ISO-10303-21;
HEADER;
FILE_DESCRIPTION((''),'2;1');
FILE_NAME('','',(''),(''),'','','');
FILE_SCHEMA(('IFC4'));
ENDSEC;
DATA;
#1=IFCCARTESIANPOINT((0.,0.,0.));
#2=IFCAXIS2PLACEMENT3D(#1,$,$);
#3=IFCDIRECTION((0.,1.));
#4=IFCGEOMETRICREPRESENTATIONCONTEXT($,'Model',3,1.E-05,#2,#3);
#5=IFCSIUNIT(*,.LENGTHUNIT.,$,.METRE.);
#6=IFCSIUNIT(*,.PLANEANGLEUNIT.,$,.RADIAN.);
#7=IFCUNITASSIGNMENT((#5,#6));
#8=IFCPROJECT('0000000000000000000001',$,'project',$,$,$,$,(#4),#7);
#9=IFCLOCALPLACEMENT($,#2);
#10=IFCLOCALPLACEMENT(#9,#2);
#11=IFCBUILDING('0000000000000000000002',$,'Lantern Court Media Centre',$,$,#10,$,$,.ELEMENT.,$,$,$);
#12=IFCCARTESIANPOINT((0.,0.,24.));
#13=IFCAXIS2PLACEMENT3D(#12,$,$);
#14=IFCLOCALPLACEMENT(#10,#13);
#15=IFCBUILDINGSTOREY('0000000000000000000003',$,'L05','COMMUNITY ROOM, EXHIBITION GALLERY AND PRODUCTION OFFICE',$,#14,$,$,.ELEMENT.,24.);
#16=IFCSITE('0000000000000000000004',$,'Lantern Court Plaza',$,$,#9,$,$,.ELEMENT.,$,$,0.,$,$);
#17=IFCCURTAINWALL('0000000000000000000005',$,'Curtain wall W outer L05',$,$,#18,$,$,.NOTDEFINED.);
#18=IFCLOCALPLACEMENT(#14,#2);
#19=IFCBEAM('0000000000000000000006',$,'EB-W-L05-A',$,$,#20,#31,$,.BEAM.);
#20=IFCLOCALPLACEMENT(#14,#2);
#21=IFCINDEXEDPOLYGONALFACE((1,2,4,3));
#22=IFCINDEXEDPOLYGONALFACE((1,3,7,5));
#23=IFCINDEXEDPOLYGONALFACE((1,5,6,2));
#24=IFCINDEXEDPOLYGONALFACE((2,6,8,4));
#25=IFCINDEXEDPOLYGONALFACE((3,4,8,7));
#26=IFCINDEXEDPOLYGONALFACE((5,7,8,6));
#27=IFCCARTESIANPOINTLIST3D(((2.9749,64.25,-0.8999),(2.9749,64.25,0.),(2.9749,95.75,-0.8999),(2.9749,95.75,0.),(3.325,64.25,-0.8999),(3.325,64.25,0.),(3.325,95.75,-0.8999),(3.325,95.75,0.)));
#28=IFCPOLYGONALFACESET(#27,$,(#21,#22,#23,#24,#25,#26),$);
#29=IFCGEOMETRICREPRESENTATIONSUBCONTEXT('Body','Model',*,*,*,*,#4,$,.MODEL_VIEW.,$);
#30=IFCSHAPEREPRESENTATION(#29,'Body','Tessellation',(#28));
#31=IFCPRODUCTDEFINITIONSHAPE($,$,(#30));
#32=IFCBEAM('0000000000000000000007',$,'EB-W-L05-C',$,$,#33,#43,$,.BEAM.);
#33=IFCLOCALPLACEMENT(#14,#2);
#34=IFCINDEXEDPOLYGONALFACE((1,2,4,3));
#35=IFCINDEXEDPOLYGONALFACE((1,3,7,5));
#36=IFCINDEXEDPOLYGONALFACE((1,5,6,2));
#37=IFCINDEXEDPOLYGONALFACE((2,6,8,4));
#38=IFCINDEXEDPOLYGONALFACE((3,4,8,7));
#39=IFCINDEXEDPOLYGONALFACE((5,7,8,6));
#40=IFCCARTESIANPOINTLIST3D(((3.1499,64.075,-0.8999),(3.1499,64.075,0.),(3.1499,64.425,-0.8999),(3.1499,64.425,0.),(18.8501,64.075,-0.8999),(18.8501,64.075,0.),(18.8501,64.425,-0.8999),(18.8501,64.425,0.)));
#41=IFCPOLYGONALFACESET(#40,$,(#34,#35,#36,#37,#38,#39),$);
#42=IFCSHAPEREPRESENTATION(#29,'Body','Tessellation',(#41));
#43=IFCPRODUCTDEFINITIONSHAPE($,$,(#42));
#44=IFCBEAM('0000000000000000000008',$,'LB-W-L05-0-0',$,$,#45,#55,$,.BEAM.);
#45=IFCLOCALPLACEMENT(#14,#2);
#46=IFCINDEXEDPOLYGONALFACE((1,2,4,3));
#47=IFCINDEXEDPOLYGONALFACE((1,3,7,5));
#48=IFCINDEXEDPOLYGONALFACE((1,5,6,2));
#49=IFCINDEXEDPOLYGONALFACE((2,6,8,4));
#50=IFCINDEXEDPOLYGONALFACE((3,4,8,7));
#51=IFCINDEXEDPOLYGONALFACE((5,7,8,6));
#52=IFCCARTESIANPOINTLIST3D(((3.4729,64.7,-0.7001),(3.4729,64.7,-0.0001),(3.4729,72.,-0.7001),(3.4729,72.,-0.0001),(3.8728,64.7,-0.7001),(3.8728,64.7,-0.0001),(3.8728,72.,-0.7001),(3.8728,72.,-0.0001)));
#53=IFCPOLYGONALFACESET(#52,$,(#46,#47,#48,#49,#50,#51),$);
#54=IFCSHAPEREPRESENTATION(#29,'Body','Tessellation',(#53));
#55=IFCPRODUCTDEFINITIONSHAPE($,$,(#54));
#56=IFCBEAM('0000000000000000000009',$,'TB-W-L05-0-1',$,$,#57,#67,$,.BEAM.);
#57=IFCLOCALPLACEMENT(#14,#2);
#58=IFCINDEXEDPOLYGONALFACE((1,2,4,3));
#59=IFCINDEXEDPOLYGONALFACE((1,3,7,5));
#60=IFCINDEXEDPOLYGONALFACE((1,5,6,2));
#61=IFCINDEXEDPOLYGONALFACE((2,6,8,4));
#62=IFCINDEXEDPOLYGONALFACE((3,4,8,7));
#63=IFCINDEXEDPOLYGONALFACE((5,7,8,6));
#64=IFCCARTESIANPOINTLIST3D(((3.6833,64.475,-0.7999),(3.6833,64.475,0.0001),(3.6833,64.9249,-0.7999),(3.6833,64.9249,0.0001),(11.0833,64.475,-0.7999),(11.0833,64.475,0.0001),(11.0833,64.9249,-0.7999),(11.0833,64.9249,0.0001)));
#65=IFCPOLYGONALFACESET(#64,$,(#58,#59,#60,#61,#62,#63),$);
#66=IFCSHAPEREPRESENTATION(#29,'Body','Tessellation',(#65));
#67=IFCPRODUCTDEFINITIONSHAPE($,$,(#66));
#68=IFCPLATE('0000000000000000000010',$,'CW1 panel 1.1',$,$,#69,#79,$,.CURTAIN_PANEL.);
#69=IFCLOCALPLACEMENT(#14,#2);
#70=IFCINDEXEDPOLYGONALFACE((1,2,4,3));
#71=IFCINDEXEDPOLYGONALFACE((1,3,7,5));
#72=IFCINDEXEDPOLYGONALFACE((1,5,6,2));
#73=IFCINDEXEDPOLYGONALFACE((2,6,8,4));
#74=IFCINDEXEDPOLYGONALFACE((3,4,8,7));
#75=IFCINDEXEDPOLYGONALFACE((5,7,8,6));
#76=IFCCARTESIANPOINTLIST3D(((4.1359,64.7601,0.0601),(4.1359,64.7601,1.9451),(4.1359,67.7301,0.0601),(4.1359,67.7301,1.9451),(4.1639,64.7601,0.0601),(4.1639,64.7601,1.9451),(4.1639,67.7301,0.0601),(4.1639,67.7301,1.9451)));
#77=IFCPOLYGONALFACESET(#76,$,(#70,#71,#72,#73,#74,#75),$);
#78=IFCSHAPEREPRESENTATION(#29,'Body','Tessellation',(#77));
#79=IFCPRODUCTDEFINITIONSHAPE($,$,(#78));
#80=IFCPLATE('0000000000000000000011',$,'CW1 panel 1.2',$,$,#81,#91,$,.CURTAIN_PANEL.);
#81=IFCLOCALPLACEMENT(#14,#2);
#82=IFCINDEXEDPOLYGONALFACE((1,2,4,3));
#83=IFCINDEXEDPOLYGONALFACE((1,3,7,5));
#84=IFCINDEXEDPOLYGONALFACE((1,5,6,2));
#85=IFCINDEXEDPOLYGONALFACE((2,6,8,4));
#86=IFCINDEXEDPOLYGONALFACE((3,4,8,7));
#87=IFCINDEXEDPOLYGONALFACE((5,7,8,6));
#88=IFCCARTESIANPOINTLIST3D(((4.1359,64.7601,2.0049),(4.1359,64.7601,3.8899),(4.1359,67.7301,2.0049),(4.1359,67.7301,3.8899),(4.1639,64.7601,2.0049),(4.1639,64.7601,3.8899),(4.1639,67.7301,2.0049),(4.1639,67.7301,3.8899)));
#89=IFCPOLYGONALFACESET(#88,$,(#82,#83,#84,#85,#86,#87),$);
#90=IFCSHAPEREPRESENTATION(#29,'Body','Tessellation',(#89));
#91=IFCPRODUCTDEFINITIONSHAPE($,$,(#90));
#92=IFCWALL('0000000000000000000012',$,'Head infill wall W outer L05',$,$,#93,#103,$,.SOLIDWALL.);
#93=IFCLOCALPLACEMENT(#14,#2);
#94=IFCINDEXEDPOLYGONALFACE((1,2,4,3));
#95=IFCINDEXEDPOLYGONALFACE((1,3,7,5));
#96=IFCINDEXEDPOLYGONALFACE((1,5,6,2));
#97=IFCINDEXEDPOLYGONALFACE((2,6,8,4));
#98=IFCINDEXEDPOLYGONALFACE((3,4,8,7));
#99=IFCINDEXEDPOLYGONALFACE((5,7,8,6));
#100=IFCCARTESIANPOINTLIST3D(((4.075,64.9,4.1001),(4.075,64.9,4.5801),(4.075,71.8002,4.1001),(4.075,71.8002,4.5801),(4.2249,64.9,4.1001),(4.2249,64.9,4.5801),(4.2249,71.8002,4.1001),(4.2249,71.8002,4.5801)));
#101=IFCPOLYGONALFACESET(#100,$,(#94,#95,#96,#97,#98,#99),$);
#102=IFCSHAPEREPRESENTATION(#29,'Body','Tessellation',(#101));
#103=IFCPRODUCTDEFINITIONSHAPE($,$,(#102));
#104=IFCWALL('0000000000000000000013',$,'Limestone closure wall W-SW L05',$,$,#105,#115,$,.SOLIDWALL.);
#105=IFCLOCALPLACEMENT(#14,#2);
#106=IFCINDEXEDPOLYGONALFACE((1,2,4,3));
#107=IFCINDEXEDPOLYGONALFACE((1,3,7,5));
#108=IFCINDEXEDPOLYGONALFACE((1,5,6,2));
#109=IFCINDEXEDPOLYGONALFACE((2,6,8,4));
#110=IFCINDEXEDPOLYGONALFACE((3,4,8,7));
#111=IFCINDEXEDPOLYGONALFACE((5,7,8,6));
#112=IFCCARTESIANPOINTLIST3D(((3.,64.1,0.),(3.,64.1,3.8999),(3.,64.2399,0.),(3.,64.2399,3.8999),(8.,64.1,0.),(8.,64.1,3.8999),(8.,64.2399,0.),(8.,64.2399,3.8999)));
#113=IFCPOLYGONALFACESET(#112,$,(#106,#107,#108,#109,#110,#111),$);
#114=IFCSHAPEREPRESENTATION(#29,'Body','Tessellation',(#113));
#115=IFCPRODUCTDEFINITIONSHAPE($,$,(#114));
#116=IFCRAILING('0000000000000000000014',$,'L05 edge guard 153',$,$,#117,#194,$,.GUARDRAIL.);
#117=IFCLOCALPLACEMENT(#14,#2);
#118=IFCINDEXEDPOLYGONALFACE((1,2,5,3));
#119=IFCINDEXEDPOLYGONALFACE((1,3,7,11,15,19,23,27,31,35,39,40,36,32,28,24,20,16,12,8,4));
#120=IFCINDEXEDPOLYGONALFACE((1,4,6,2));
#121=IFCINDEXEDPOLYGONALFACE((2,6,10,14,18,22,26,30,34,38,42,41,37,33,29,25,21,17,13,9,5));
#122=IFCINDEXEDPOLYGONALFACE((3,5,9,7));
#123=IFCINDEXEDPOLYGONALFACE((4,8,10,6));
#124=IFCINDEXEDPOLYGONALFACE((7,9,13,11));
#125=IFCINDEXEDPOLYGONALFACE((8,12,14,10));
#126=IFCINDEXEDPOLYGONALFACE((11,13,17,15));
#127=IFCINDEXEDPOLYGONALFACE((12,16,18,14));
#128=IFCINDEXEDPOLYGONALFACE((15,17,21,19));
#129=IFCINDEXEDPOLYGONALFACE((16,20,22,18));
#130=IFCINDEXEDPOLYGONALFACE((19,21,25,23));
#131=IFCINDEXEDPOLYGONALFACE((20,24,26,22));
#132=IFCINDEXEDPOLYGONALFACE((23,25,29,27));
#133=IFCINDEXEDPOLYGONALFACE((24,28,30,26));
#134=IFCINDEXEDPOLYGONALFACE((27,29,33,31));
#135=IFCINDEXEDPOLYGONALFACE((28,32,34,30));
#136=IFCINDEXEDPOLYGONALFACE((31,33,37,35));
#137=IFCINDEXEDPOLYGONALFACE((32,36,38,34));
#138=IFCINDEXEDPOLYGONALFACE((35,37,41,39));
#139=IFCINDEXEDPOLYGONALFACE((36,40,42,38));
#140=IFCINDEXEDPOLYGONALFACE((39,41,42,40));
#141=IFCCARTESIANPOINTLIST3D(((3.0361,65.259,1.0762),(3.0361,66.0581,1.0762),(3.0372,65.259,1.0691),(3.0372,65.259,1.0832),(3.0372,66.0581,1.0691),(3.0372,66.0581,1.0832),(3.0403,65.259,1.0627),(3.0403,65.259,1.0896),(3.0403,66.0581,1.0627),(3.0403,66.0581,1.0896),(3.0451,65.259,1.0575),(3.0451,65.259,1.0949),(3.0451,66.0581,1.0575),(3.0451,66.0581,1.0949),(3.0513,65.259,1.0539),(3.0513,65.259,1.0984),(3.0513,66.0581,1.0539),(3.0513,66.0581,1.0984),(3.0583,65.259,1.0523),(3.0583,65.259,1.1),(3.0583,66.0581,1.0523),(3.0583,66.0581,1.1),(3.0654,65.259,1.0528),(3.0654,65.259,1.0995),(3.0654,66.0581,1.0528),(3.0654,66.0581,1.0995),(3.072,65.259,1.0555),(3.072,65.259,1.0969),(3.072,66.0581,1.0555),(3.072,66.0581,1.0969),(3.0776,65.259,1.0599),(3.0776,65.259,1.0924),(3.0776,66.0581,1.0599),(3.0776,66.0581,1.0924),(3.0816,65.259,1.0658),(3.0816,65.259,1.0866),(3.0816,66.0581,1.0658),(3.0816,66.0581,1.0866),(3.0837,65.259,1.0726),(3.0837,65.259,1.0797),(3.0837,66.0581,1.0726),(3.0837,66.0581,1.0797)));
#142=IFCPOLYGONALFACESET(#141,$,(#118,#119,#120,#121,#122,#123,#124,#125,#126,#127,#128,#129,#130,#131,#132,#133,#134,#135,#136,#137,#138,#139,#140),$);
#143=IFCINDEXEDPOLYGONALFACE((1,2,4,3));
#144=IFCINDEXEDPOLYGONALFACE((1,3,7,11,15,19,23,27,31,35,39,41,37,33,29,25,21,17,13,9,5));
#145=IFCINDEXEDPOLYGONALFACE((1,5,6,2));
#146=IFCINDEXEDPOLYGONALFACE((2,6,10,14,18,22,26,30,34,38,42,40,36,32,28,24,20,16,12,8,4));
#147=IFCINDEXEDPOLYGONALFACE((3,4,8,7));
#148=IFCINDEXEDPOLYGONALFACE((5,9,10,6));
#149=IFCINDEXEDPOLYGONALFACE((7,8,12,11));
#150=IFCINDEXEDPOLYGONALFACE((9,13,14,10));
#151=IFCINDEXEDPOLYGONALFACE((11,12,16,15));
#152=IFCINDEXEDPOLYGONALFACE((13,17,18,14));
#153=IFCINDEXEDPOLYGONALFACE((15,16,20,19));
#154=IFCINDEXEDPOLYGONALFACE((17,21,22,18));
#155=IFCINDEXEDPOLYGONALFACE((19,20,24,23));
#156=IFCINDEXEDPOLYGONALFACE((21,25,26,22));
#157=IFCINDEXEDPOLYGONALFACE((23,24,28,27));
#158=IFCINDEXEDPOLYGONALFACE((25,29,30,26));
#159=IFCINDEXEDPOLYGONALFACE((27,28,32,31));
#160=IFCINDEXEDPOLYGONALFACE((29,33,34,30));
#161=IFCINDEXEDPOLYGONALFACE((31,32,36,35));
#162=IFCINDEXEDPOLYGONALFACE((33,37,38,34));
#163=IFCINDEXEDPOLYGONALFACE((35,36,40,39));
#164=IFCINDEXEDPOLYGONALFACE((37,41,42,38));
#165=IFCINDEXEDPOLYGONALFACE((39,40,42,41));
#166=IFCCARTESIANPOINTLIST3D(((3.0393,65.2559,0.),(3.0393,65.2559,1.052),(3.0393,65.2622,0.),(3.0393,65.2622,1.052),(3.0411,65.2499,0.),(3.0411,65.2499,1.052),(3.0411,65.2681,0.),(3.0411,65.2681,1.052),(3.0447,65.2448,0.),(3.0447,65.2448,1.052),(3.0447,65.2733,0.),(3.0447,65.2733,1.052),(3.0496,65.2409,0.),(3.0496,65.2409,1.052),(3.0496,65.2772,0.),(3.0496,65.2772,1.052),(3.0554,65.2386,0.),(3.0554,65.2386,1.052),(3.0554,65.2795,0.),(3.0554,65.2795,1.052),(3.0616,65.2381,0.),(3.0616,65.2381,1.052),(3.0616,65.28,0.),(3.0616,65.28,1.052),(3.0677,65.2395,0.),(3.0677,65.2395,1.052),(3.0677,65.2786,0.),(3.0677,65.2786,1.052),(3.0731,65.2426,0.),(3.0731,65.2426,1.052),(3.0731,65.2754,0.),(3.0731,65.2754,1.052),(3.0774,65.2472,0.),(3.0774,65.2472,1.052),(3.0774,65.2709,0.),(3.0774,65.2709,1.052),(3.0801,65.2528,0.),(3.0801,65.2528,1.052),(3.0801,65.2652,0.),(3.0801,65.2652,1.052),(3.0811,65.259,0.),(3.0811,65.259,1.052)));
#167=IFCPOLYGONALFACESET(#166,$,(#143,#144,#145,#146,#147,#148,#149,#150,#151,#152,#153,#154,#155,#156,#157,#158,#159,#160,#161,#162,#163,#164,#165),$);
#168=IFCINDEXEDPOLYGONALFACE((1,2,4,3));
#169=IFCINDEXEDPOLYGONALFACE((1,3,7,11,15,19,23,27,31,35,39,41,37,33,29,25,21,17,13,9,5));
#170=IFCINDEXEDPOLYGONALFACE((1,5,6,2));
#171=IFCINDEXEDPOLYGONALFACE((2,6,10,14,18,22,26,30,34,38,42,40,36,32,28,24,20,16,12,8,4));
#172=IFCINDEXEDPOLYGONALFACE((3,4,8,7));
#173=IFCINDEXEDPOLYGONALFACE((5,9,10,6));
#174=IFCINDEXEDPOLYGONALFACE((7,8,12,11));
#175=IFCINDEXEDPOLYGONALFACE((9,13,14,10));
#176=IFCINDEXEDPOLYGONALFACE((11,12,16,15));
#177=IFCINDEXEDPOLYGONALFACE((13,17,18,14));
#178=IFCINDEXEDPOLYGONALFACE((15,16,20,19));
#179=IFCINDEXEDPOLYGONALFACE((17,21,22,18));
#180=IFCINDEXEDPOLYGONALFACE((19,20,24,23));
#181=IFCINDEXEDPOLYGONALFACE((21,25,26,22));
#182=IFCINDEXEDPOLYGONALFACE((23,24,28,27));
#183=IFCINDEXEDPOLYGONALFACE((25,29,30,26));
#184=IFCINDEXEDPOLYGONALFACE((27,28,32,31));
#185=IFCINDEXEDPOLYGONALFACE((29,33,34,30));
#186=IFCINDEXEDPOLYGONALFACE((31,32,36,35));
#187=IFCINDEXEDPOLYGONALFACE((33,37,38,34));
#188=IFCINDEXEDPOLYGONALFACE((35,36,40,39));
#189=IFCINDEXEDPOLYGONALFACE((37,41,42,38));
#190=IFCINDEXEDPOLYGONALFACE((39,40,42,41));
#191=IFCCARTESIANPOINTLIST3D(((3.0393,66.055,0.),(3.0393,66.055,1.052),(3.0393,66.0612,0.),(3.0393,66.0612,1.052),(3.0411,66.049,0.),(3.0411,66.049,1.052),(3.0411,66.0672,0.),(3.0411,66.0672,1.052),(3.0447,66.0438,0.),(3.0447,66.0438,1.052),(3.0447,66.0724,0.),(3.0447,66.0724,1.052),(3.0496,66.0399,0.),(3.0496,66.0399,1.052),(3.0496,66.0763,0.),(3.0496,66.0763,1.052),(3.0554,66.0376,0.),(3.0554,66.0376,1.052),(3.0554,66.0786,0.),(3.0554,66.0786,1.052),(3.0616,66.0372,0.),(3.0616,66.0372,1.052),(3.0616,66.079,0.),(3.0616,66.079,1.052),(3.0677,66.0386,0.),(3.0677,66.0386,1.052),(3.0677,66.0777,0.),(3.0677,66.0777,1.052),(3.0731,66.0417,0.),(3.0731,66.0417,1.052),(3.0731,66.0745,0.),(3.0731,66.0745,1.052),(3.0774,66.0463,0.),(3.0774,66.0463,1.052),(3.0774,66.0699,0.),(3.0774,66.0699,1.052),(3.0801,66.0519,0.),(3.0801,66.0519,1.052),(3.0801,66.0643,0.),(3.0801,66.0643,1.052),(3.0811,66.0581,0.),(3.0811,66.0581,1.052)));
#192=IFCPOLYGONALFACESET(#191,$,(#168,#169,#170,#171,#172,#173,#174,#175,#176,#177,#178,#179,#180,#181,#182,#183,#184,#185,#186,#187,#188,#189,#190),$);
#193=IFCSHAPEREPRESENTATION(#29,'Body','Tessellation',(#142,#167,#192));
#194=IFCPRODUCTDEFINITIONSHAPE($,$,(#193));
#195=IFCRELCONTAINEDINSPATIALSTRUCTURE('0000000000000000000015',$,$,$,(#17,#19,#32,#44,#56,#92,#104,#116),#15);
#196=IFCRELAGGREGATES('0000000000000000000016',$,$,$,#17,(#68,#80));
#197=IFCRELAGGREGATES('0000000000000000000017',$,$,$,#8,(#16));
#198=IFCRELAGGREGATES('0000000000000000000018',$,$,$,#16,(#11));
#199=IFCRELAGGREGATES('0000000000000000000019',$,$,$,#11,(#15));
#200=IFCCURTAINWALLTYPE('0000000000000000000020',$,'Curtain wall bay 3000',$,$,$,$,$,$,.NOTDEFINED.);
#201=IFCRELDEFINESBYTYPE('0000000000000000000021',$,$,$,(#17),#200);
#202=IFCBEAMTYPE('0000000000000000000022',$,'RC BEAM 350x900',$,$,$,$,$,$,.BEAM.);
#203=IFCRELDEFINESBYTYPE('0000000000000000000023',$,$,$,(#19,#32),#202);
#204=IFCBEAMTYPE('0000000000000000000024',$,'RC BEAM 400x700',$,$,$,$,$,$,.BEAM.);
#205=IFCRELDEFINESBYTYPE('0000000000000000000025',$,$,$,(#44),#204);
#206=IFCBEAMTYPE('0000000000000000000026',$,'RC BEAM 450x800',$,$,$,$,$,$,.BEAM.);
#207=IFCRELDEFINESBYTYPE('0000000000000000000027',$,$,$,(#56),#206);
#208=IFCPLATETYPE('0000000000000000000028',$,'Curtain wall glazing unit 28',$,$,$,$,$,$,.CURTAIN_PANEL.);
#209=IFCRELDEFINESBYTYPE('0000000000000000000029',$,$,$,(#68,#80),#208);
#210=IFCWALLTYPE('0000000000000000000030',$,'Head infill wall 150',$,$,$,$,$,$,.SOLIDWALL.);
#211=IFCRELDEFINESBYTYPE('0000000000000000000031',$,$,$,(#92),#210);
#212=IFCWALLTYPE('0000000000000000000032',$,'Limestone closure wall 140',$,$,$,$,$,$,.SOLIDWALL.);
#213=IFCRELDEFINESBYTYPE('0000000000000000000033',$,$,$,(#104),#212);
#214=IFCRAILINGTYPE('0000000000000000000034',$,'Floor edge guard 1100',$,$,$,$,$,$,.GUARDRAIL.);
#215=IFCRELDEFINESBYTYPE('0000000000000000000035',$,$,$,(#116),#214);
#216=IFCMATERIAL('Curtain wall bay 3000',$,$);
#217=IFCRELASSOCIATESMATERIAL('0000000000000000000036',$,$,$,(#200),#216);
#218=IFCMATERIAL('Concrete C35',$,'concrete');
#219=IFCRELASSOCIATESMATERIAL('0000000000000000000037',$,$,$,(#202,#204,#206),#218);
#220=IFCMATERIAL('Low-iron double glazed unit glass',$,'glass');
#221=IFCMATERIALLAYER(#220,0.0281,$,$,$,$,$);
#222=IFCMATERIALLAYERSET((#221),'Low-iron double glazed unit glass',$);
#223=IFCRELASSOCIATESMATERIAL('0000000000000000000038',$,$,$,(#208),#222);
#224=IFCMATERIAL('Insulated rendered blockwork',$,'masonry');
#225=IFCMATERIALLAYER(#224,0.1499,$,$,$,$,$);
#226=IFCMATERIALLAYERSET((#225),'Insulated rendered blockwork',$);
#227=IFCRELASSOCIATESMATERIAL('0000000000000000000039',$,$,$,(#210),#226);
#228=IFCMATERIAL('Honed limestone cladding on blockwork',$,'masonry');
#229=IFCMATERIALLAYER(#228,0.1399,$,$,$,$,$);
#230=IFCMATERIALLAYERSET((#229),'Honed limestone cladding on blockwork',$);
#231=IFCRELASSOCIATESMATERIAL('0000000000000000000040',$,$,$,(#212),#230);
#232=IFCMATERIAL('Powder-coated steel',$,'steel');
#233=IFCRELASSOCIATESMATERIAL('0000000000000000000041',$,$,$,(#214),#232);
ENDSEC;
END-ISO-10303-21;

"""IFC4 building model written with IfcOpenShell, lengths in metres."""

from ifc_helpers import new_model, si_unit, direction, frame, frame_2d, origin, origin_2d, place, context, subcontext, project, spatial, rectangle, circle, extrude, material, layer, layer_set, material_profile, profile_set, type_object, element, aggregate, save


model = new_model("IFC4")

# Units and contexts
model_context = context("Model", 3, precision=1e-05, world=origin(), true_north=direction((0.0, 1.0)))
body_context = subcontext(model_context, "Body", "Model", "MODEL_VIEW")
ifc_project = project(units=[si_unit("LENGTHUNIT", "METRE"), si_unit("PLANEANGLEUNIT", "RADIAN")], contexts=[model_context])

# Site, building, storey
site_placement = place(None, origin())
site = spatial("IfcSite", under=ifc_project, at=site_placement, Name="Lantern Court Plaza", CompositionType="ELEMENT", RefElevation=0.0)
building_placement = place(site_placement, origin())
building = spatial("IfcBuilding", under=site, at=building_placement, Name="Lantern Court Media Centre", CompositionType="ELEMENT")
storey_placement = place(building_placement, frame((0.0, 0.0, 24.0)))
storey = spatial("IfcBuildingStorey", under=building, at=storey_placement, Name="L05", Description="COMMUNITY ROOM, EXHIBITION GALLERY AND PRODUCTION OFFICE", CompositionType="ELEMENT", Elevation=24.0)

# Shared definitions
ifc_material_1 = material(Name="Concrete C35", Category="concrete")

# Curtain wall
ifc_material_2 = material(Name="Curtain wall bay 3000")
curtain_wall_type = type_object("IfcCurtainWallType", Name="Curtain wall bay 3000", PredefinedType="NOTDEFINED", material=ifc_material_2)
curtain_wall_placement = place(storey_placement, origin())
curtain_wall = element("IfcCurtainWall", 1, at=curtain_wall_placement, inside=storey, type_object=curtain_wall_type, Name="Curtain wall W outer L05", PredefinedType="NOTDEFINED")

# Beams
ifc_material_profile_1 = material_profile(ifc_material_1, rectangle(XDim=0.3501, YDim=0.8999, at=origin_2d()), Name="RC 350x900")
ifc_profile_set_1 = profile_set([ifc_material_profile_1], Name="Concrete C35")
beam_type_1 = type_object("IfcBeamType", Name="RC BEAM 350x900", PredefinedType="BEAM", material=ifc_profile_set_1)
beam_1_placement = place(storey_placement, frame((3.1499, 64.25, -0.45), z_axis=(0.0, 1.0, 0.0), x_axis=(-1.0, 0.0, 0.0)))
element("IfcBeam", 2, at=beam_1_placement, inside=storey, type_object=beam_type_1, Name="EB-W-L05-A", PredefinedType="BEAM", context=body_context, shape_type="SweptSolid", body=[
    extrude(rectangle(XDim=0.3501, YDim=0.8999, at=origin_2d()), origin(), (0.0, 0.0, 1.0), 31.5),
])
beam_2_placement = place(storey_placement, frame((3.1499, 64.25, -0.45), z_axis=(1.0, 0.0, 0.0), x_axis=(0.0, 1.0, 0.0)))
element("IfcBeam", 3, at=beam_2_placement, inside=storey, type_object=beam_type_1, Name="EB-W-L05-C", PredefinedType="BEAM", context=body_context, shape_type="SweptSolid", body=[
    extrude(rectangle(XDim=0.3501, YDim=0.8999, at=origin_2d()), origin(), (0.0, 0.0, 1.0), 15.7002),
])
ifc_material_profile_2 = material_profile(ifc_material_1, rectangle(XDim=0.3999, YDim=0.7, at=origin_2d()), Name="RC 400x700")
ifc_profile_set_2 = profile_set([ifc_material_profile_2], Name="Concrete C35")
beam_type_2 = type_object("IfcBeamType", Name="RC BEAM 400x700", PredefinedType="BEAM", material=ifc_profile_set_2)
beam_3_placement = place(storey_placement, frame((3.6729, 64.7, -0.3501), z_axis=(0.0, 1.0, 0.0), x_axis=(-1.0, 0.0, 0.0)))
element("IfcBeam", 4, at=beam_3_placement, inside=storey, type_object=beam_type_2, Name="LB-W-L05-0-0", PredefinedType="BEAM", context=body_context, shape_type="SweptSolid", body=[
    extrude(rectangle(XDim=0.3999, YDim=0.7, at=origin_2d()), origin(), (0.0, 0.0, 1.0), 7.3),
])
ifc_material_profile_3 = material_profile(ifc_material_1, rectangle(XDim=0.45, YDim=0.8, at=origin_2d()), Name="RC 450x800")
ifc_profile_set_3 = profile_set([ifc_material_profile_3], Name="Concrete C35")
beam_type_3 = type_object("IfcBeamType", Name="RC BEAM 450x800", PredefinedType="BEAM", material=ifc_profile_set_3)
beam_4_placement = place(storey_placement, frame((3.6833, 64.7, -0.3999), z_axis=(1.0, 0.0, 0.0), x_axis=(0.0, 1.0, 0.0)))
element("IfcBeam", 5, at=beam_4_placement, inside=storey, type_object=beam_type_3, Name="TB-W-L05-0-1", PredefinedType="BEAM", context=body_context, shape_type="SweptSolid", body=[
    extrude(rectangle(XDim=0.45, YDim=0.8, at=origin_2d()), origin(), (0.0, 0.0, 1.0), 7.3999),
])

# Plates
ifc_material_3 = material(Name="Low-iron double glazed unit glass", Category="glass")
ifc_layer_1 = layer(ifc_material_3, 0.0281)
ifc_layer_set_1 = layer_set([ifc_layer_1], Name="Low-iron double glazed unit glass")
plate_type = type_object("IfcPlateType", Name="Curtain wall glazing unit 28", PredefinedType="CURTAIN_PANEL", material=ifc_layer_set_1)
plate_1_placement = place(storey_placement, frame((4.1499, 66.2451, 0.0601), z_axis=(0.0, 0.0, 1.0), x_axis=(0.0, 1.0, 0.0)))
plate_1 = element("IfcPlate", 6, at=plate_1_placement, type_object=plate_type, Name="CW1 panel 1.1", PredefinedType="CURTAIN_PANEL", context=body_context, shape_type="SweptSolid", body=[
    extrude(rectangle(XDim=2.97, YDim=0.0281, at=origin_2d()), origin(), (0.0, 0.0, 1.0), 1.885),
])
plate_2_placement = place(storey_placement, frame((4.1499, 66.2451, 2.0049), z_axis=(0.0, 0.0, 1.0), x_axis=(0.0, 1.0, 0.0)))
plate_2 = element("IfcPlate", 7, at=plate_2_placement, type_object=plate_type, Name="CW1 panel 1.2", PredefinedType="CURTAIN_PANEL", context=body_context, shape_type="SweptSolid", body=[
    extrude(rectangle(XDim=2.97, YDim=0.0281, at=origin_2d()), origin(), (0.0, 0.0, 1.0), 1.885),
])
aggregate(curtain_wall, [plate_1, plate_2])

# Walls
ifc_material_4 = material(Name="Insulated rendered blockwork", Category="masonry")
ifc_layer_2 = layer(ifc_material_4, 0.1499)
ifc_layer_set_2 = layer_set([ifc_layer_2], Name="Insulated rendered blockwork")
wall_type_1 = type_object("IfcWallType", Name="Head infill wall 150", PredefinedType="SOLIDWALL", material=ifc_layer_set_2)
wall_1_placement = place(storey_placement, frame((4.1499, 64.8999, 4.1001), z_axis=(0.0, 0.0, 1.0), x_axis=(0.0, 1.0, 0.0)))
element("IfcWall", 8, at=wall_1_placement, inside=storey, type_object=wall_type_1, Name="Head infill wall W outer L05", PredefinedType="SOLIDWALL", context=body_context, shape_type="SweptSolid", body=[
    extrude(rectangle(XDim=6.9001, YDim=0.1499, at=frame_2d((3.4502, 0.0))), origin(), (0.0, 0.0, 1.0), 0.48),
])
ifc_material_5 = material(Name="Honed limestone cladding on blockwork", Category="masonry")
ifc_layer_3 = layer(ifc_material_5, 0.1399)
ifc_layer_set_3 = layer_set([ifc_layer_3], Name="Honed limestone cladding on blockwork")
wall_type_2 = type_object("IfcWallType", Name="Limestone closure wall 140", PredefinedType="SOLIDWALL", material=ifc_layer_set_3)
wall_2_placement = place(storey_placement, frame((3.0, 64.1699, 0.0), z_axis=(0.0, 0.0, 1.0), x_axis=(1.0, 0.0, 0.0)))
element("IfcWall", 9, at=wall_2_placement, inside=storey, type_object=wall_type_2, Name="Limestone closure wall W-SW L05", PredefinedType="SOLIDWALL", context=body_context, shape_type="SweptSolid", body=[
    extrude(rectangle(XDim=5.0, YDim=0.1399, at=frame_2d((2.5, 0.0))), origin(), (0.0, 0.0, 1.0), 3.8999),
])

# Railing
ifc_material_6 = material(Name="Powder-coated steel", Category="steel")
railing_type = type_object("IfcRailingType", Name="Floor edge guard 1100", PredefinedType="GUARDRAIL", material=ifc_material_6)
railing_1_placement = place(storey_placement, frame((3.0601, 65.259, 0.0)))
element("IfcRailing", 10, at=railing_1_placement, inside=storey, type_object=railing_type, Name="L05 edge guard 153", PredefinedType="GUARDRAIL", context=body_context, shape_type="SweptSolid", body=[
    extrude(circle(Radius=0.0239, at=origin_2d()), frame((0.0, 0.0, 1.0762), z_axis=(0.0, 1.0, 0.0), x_axis=(-1.0, 0.0, 0.0)), (0.0, 0.0, 1.0), 0.7991),
    extrude(circle(Radius=0.021, at=origin_2d()), origin(), (0.0, 0.0, 1.0), 1.052),
    extrude(circle(Radius=0.021, at=origin_2d()), frame((0.0, 0.7991, 0.0)), (0.0, 0.0, 1.0), 1.052),
])

save(model, "model.ifc")
